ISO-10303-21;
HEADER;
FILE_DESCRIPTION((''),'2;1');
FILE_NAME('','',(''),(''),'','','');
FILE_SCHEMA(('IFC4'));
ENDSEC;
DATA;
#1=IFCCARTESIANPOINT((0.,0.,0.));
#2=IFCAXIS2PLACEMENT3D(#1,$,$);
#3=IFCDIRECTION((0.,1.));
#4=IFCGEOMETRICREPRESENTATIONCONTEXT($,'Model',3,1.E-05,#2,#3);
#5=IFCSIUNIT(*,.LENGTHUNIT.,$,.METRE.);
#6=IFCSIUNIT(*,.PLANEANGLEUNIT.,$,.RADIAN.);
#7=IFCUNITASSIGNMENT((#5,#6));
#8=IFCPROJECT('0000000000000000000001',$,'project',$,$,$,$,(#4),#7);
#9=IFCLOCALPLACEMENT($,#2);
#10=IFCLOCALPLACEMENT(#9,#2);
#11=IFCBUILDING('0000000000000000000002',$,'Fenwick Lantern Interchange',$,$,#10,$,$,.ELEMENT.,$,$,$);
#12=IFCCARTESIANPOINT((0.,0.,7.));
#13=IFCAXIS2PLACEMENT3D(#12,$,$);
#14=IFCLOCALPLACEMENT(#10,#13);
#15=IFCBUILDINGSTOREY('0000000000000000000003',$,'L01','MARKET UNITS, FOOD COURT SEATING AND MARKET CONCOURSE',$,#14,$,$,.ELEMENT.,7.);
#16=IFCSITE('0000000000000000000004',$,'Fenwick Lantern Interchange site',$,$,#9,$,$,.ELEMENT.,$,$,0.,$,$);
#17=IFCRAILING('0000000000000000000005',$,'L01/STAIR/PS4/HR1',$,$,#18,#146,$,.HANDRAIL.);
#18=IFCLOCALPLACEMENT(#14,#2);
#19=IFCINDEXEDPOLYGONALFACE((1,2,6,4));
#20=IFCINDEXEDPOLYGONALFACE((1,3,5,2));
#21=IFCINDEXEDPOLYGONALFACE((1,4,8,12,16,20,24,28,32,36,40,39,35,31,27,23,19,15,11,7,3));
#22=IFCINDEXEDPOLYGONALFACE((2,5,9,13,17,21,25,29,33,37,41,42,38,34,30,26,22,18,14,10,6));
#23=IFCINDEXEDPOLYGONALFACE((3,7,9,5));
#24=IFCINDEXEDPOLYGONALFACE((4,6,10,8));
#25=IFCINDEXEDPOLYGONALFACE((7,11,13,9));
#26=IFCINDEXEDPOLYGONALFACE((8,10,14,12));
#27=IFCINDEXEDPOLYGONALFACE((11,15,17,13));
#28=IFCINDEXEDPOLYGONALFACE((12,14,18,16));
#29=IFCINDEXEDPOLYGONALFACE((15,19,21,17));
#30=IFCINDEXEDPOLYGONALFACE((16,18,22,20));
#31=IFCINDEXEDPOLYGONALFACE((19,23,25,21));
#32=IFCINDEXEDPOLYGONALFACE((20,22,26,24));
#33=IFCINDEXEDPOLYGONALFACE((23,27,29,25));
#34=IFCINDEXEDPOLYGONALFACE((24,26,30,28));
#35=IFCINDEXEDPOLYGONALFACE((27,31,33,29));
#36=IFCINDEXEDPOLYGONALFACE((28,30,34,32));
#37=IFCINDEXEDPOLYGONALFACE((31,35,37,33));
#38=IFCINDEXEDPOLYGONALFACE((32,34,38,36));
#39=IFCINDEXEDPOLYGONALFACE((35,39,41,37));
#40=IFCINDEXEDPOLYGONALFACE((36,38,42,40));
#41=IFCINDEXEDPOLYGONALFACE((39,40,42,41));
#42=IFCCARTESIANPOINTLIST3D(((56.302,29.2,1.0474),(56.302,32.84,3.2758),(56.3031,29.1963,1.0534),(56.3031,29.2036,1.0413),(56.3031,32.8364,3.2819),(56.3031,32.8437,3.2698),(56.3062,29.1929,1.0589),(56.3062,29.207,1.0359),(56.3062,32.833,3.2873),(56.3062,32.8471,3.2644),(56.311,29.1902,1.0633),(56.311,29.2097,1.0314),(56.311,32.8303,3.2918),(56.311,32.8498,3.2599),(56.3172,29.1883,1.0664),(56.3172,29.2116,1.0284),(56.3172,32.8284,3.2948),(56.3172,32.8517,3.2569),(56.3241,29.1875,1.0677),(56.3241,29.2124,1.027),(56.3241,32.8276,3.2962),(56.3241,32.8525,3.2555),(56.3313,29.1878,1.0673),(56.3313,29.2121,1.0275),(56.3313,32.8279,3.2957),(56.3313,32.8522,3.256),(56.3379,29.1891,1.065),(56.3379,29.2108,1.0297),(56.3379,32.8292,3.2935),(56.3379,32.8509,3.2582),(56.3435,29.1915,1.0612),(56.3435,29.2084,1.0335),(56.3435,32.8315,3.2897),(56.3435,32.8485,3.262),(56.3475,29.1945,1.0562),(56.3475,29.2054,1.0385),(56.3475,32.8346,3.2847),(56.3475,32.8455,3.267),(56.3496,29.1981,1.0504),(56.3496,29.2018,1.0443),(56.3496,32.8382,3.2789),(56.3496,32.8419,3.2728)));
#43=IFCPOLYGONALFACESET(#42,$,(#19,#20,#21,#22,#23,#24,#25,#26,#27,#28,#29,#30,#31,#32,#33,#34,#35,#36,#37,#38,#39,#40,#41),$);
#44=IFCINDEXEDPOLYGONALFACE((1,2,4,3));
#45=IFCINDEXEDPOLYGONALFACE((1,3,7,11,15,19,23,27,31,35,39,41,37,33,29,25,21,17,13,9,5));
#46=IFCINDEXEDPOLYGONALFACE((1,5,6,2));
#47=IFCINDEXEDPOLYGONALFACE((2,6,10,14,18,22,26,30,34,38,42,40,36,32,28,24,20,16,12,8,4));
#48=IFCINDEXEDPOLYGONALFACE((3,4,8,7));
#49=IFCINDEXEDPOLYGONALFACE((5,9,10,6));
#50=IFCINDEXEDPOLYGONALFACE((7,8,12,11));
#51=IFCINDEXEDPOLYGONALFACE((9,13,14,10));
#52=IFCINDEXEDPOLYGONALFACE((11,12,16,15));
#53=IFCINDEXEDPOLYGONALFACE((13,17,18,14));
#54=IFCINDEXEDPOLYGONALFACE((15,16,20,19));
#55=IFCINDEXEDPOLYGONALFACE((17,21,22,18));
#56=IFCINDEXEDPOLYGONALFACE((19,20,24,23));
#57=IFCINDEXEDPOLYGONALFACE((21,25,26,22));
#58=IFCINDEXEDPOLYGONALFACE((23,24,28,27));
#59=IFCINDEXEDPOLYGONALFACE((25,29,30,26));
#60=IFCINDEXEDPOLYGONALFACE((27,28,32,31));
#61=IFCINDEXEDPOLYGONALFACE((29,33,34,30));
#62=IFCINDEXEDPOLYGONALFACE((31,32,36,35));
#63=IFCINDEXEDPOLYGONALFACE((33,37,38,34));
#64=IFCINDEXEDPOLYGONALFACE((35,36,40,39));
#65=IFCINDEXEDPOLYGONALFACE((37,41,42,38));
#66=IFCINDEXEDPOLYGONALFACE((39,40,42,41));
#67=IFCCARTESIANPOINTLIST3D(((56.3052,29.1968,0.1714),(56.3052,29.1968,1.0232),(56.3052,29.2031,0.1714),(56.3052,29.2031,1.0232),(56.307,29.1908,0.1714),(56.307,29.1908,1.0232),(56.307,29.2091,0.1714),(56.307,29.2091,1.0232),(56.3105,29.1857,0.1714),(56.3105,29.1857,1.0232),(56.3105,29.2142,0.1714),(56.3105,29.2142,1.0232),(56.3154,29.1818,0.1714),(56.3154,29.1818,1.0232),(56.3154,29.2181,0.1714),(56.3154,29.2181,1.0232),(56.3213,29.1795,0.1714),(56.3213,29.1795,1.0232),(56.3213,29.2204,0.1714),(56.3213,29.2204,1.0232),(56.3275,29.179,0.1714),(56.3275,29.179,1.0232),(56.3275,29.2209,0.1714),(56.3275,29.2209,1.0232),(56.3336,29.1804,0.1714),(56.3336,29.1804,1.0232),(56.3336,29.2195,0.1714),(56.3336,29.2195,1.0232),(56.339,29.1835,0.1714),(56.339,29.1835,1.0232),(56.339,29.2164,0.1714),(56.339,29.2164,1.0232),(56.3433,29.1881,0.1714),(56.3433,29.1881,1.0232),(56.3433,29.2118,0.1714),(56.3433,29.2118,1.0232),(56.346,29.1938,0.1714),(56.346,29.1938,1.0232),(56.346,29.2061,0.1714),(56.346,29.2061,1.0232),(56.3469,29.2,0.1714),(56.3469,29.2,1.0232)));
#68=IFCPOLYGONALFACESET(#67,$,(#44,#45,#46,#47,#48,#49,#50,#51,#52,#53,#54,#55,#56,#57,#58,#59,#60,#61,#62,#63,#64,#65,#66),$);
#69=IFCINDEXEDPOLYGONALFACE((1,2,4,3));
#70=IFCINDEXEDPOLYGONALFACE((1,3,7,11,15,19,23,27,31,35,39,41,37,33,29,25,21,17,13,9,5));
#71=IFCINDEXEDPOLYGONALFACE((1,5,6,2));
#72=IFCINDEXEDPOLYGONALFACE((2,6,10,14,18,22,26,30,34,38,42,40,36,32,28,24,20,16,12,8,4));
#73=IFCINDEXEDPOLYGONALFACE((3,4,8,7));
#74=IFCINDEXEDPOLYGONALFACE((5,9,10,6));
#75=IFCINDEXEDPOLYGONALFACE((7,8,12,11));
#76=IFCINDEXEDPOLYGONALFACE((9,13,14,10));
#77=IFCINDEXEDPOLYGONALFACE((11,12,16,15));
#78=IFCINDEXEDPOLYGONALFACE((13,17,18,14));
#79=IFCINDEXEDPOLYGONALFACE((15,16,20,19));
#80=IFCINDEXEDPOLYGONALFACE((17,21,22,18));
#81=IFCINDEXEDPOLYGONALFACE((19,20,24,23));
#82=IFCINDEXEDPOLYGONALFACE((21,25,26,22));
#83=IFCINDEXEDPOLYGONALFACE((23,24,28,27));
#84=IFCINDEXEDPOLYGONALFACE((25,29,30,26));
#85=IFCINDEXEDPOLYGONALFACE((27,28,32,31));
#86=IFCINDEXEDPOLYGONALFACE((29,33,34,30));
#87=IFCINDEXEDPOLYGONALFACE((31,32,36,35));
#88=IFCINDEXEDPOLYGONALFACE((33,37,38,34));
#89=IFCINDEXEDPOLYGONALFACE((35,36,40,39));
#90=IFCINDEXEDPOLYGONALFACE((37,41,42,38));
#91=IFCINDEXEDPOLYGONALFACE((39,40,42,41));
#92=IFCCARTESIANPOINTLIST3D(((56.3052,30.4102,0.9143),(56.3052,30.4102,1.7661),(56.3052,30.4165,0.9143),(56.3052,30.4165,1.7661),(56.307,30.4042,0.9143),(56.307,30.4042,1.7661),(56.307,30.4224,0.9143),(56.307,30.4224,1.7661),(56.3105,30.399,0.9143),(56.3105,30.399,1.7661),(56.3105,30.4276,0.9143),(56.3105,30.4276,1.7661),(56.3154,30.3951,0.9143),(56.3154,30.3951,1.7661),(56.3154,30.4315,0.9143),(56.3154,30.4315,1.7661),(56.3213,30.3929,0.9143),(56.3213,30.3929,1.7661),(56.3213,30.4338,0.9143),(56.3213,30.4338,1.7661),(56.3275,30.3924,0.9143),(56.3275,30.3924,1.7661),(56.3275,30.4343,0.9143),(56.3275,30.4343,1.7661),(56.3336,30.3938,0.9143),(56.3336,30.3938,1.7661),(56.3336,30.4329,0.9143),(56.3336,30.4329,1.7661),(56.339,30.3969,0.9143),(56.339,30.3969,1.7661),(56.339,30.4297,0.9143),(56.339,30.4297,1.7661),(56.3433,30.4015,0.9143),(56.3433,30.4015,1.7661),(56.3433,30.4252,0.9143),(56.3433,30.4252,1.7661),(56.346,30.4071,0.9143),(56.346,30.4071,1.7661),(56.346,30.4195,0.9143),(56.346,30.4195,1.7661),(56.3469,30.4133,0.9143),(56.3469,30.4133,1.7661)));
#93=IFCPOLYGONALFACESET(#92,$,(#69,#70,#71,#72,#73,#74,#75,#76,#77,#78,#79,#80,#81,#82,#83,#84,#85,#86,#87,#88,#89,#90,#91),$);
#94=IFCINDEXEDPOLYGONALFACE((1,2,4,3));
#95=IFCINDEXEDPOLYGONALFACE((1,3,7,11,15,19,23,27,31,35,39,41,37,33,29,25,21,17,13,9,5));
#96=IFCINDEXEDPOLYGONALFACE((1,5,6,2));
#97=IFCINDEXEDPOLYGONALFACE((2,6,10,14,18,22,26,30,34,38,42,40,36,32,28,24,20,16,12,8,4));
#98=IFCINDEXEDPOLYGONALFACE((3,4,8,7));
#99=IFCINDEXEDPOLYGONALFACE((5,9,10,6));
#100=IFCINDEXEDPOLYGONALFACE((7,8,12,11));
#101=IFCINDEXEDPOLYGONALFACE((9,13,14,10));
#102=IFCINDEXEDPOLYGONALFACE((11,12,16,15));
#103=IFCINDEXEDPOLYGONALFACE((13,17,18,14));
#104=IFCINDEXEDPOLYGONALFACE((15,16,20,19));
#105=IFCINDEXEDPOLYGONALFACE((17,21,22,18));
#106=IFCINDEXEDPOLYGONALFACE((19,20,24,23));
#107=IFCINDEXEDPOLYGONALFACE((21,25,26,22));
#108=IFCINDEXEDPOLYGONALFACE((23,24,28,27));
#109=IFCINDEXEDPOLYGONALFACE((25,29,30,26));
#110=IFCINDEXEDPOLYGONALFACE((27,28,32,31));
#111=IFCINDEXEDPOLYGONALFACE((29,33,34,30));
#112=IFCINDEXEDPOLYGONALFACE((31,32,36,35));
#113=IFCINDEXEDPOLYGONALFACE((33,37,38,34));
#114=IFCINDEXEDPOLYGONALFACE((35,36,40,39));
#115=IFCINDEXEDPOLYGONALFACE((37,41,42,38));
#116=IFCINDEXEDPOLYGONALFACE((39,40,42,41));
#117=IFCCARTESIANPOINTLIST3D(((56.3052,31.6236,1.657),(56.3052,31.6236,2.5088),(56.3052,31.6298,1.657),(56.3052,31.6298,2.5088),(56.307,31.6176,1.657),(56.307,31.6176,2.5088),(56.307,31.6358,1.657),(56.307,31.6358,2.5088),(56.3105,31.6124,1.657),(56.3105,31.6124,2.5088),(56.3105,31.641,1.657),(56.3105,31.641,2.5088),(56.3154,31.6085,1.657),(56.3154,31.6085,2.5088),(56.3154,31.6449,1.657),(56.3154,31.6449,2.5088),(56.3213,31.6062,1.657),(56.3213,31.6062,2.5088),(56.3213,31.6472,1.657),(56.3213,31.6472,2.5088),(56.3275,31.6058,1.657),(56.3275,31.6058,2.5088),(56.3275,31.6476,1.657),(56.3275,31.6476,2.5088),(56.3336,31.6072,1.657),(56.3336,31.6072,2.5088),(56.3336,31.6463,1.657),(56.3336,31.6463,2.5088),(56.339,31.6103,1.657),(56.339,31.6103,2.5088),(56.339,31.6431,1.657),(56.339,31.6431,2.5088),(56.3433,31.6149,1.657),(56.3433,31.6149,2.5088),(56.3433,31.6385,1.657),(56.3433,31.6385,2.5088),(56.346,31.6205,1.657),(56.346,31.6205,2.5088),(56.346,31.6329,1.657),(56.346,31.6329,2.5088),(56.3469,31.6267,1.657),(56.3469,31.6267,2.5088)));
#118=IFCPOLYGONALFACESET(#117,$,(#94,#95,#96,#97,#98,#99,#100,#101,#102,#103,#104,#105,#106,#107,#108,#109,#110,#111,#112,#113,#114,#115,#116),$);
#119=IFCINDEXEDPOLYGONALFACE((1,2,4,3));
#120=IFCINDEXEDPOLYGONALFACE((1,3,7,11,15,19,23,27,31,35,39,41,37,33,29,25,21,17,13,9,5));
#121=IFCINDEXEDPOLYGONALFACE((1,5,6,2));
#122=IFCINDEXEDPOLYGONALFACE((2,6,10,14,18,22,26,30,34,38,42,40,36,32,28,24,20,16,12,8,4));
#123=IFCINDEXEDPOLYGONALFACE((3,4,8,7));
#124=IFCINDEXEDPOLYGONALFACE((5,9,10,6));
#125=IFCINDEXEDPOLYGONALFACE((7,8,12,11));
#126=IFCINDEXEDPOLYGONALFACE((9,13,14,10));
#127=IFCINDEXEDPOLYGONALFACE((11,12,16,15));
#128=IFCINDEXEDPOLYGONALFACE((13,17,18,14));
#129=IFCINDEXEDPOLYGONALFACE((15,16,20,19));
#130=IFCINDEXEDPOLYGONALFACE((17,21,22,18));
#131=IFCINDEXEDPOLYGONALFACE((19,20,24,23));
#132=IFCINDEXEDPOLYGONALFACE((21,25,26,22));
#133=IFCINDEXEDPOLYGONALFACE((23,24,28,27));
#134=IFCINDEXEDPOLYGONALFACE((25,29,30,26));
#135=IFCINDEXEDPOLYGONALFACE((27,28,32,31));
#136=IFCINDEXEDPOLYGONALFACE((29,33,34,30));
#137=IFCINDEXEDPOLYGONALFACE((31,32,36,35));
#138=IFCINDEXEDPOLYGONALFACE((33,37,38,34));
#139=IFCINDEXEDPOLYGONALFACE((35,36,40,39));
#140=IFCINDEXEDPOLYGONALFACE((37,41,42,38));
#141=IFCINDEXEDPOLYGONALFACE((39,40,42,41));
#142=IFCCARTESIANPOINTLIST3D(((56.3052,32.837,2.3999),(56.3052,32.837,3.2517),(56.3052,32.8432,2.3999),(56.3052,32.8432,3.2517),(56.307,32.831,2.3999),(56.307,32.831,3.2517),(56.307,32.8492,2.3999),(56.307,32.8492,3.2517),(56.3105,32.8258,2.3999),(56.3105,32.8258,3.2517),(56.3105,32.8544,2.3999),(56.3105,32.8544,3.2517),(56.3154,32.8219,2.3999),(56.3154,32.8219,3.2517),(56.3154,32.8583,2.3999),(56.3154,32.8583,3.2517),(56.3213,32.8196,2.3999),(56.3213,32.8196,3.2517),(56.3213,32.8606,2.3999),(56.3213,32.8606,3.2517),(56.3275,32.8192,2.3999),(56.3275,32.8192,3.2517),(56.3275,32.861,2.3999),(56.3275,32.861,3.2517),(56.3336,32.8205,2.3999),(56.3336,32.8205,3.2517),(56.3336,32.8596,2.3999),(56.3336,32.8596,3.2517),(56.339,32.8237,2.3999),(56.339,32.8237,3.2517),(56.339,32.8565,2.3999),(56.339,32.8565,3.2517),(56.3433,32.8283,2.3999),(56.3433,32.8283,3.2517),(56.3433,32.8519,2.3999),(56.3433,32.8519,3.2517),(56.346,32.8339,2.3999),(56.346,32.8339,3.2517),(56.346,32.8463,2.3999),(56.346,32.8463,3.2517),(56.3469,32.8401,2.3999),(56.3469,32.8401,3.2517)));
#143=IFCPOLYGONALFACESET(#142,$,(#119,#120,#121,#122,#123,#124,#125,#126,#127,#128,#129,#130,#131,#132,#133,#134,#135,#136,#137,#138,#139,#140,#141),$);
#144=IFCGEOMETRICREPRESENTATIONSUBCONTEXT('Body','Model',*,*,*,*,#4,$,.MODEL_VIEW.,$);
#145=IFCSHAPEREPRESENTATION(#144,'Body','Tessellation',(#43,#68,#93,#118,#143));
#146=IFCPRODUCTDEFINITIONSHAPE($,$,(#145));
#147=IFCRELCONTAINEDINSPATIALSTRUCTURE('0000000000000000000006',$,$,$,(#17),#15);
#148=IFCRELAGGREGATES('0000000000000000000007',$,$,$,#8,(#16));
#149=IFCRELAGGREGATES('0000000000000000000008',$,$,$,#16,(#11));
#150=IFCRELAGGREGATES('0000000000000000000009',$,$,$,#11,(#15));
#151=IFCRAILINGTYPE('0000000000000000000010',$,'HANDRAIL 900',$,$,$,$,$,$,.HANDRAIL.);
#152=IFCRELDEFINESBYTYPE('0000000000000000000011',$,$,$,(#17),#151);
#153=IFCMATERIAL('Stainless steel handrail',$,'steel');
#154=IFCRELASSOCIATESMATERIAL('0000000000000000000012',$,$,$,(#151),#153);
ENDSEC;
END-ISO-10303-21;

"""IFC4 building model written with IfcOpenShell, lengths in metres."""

from ifc_helpers import new_model, si_unit, direction, frame, origin, origin_2d, place, context, subcontext, project, spatial, circle, extrude, material, type_object, element, save


model = new_model("IFC4")

# Units and contexts
model_context = context("Model", 3, precision=1e-05, world=origin(), true_north=direction((0.0, 1.0)))
body_context = subcontext(model_context, "Body", "Model", "MODEL_VIEW")
ifc_project = project(units=[si_unit("LENGTHUNIT", "METRE"), si_unit("PLANEANGLEUNIT", "RADIAN")], contexts=[model_context])

# Site, building, storey
site_placement = place(None, origin())
site = spatial("IfcSite", under=ifc_project, at=site_placement, Name="Fenwick Lantern Interchange site", CompositionType="ELEMENT", RefElevation=0.0)
building_placement = place(site_placement, origin())
building = spatial("IfcBuilding", under=site, at=building_placement, Name="Fenwick Lantern Interchange", CompositionType="ELEMENT")
storey_placement = place(building_placement, frame((0.0, 0.0, 7.0)))
storey = spatial("IfcBuildingStorey", under=building, at=storey_placement, Name="L01", Description="MARKET UNITS, FOOD COURT SEATING AND MARKET CONCOURSE", CompositionType="ELEMENT", Elevation=7.0)

# Railing
ifc_material_1 = material(Name="Stainless steel handrail", Category="steel")
railing_type = type_object("IfcRailingType", Name="HANDRAIL 900", PredefinedType="HANDRAIL", material=ifc_material_1)
railing_1_placement = place(storey_placement, frame((56.3259, 29.2, 0.1714)))
element("IfcRailing", 1, at=railing_1_placement, inside=storey, type_object=railing_type, Name="L01/STAIR/PS4/HR1", PredefinedType="HANDRAIL", context=body_context, shape_type="SweptSolid", body=[
    extrude(circle(Radius=0.0239, at=origin_2d()), frame((0.0, 0.0, 0.876), z_axis=(0.0, 0.852866, 0.52213), x_axis=(-1.0, 0.0, 0.0)), (0.0, 0.0, 1.0), 4.2681),
    extrude(circle(Radius=0.021, at=origin_2d()), origin(), (0.0, 0.0, 1.0), 0.8518),
    extrude(circle(Radius=0.021, at=origin_2d()), frame((0.0, 1.2134, 0.7429)), (0.0, 0.0, 1.0), 0.8518),
    extrude(circle(Radius=0.021, at=origin_2d()), frame((0.0, 2.4268, 1.4856)), (0.0, 0.0, 1.0), 0.8518),
    extrude(circle(Radius=0.021, at=origin_2d()), frame((0.0, 3.6401, 2.2285)), (0.0, 0.0, 1.0), 0.8518),
])

save(model, "model.ifc")
